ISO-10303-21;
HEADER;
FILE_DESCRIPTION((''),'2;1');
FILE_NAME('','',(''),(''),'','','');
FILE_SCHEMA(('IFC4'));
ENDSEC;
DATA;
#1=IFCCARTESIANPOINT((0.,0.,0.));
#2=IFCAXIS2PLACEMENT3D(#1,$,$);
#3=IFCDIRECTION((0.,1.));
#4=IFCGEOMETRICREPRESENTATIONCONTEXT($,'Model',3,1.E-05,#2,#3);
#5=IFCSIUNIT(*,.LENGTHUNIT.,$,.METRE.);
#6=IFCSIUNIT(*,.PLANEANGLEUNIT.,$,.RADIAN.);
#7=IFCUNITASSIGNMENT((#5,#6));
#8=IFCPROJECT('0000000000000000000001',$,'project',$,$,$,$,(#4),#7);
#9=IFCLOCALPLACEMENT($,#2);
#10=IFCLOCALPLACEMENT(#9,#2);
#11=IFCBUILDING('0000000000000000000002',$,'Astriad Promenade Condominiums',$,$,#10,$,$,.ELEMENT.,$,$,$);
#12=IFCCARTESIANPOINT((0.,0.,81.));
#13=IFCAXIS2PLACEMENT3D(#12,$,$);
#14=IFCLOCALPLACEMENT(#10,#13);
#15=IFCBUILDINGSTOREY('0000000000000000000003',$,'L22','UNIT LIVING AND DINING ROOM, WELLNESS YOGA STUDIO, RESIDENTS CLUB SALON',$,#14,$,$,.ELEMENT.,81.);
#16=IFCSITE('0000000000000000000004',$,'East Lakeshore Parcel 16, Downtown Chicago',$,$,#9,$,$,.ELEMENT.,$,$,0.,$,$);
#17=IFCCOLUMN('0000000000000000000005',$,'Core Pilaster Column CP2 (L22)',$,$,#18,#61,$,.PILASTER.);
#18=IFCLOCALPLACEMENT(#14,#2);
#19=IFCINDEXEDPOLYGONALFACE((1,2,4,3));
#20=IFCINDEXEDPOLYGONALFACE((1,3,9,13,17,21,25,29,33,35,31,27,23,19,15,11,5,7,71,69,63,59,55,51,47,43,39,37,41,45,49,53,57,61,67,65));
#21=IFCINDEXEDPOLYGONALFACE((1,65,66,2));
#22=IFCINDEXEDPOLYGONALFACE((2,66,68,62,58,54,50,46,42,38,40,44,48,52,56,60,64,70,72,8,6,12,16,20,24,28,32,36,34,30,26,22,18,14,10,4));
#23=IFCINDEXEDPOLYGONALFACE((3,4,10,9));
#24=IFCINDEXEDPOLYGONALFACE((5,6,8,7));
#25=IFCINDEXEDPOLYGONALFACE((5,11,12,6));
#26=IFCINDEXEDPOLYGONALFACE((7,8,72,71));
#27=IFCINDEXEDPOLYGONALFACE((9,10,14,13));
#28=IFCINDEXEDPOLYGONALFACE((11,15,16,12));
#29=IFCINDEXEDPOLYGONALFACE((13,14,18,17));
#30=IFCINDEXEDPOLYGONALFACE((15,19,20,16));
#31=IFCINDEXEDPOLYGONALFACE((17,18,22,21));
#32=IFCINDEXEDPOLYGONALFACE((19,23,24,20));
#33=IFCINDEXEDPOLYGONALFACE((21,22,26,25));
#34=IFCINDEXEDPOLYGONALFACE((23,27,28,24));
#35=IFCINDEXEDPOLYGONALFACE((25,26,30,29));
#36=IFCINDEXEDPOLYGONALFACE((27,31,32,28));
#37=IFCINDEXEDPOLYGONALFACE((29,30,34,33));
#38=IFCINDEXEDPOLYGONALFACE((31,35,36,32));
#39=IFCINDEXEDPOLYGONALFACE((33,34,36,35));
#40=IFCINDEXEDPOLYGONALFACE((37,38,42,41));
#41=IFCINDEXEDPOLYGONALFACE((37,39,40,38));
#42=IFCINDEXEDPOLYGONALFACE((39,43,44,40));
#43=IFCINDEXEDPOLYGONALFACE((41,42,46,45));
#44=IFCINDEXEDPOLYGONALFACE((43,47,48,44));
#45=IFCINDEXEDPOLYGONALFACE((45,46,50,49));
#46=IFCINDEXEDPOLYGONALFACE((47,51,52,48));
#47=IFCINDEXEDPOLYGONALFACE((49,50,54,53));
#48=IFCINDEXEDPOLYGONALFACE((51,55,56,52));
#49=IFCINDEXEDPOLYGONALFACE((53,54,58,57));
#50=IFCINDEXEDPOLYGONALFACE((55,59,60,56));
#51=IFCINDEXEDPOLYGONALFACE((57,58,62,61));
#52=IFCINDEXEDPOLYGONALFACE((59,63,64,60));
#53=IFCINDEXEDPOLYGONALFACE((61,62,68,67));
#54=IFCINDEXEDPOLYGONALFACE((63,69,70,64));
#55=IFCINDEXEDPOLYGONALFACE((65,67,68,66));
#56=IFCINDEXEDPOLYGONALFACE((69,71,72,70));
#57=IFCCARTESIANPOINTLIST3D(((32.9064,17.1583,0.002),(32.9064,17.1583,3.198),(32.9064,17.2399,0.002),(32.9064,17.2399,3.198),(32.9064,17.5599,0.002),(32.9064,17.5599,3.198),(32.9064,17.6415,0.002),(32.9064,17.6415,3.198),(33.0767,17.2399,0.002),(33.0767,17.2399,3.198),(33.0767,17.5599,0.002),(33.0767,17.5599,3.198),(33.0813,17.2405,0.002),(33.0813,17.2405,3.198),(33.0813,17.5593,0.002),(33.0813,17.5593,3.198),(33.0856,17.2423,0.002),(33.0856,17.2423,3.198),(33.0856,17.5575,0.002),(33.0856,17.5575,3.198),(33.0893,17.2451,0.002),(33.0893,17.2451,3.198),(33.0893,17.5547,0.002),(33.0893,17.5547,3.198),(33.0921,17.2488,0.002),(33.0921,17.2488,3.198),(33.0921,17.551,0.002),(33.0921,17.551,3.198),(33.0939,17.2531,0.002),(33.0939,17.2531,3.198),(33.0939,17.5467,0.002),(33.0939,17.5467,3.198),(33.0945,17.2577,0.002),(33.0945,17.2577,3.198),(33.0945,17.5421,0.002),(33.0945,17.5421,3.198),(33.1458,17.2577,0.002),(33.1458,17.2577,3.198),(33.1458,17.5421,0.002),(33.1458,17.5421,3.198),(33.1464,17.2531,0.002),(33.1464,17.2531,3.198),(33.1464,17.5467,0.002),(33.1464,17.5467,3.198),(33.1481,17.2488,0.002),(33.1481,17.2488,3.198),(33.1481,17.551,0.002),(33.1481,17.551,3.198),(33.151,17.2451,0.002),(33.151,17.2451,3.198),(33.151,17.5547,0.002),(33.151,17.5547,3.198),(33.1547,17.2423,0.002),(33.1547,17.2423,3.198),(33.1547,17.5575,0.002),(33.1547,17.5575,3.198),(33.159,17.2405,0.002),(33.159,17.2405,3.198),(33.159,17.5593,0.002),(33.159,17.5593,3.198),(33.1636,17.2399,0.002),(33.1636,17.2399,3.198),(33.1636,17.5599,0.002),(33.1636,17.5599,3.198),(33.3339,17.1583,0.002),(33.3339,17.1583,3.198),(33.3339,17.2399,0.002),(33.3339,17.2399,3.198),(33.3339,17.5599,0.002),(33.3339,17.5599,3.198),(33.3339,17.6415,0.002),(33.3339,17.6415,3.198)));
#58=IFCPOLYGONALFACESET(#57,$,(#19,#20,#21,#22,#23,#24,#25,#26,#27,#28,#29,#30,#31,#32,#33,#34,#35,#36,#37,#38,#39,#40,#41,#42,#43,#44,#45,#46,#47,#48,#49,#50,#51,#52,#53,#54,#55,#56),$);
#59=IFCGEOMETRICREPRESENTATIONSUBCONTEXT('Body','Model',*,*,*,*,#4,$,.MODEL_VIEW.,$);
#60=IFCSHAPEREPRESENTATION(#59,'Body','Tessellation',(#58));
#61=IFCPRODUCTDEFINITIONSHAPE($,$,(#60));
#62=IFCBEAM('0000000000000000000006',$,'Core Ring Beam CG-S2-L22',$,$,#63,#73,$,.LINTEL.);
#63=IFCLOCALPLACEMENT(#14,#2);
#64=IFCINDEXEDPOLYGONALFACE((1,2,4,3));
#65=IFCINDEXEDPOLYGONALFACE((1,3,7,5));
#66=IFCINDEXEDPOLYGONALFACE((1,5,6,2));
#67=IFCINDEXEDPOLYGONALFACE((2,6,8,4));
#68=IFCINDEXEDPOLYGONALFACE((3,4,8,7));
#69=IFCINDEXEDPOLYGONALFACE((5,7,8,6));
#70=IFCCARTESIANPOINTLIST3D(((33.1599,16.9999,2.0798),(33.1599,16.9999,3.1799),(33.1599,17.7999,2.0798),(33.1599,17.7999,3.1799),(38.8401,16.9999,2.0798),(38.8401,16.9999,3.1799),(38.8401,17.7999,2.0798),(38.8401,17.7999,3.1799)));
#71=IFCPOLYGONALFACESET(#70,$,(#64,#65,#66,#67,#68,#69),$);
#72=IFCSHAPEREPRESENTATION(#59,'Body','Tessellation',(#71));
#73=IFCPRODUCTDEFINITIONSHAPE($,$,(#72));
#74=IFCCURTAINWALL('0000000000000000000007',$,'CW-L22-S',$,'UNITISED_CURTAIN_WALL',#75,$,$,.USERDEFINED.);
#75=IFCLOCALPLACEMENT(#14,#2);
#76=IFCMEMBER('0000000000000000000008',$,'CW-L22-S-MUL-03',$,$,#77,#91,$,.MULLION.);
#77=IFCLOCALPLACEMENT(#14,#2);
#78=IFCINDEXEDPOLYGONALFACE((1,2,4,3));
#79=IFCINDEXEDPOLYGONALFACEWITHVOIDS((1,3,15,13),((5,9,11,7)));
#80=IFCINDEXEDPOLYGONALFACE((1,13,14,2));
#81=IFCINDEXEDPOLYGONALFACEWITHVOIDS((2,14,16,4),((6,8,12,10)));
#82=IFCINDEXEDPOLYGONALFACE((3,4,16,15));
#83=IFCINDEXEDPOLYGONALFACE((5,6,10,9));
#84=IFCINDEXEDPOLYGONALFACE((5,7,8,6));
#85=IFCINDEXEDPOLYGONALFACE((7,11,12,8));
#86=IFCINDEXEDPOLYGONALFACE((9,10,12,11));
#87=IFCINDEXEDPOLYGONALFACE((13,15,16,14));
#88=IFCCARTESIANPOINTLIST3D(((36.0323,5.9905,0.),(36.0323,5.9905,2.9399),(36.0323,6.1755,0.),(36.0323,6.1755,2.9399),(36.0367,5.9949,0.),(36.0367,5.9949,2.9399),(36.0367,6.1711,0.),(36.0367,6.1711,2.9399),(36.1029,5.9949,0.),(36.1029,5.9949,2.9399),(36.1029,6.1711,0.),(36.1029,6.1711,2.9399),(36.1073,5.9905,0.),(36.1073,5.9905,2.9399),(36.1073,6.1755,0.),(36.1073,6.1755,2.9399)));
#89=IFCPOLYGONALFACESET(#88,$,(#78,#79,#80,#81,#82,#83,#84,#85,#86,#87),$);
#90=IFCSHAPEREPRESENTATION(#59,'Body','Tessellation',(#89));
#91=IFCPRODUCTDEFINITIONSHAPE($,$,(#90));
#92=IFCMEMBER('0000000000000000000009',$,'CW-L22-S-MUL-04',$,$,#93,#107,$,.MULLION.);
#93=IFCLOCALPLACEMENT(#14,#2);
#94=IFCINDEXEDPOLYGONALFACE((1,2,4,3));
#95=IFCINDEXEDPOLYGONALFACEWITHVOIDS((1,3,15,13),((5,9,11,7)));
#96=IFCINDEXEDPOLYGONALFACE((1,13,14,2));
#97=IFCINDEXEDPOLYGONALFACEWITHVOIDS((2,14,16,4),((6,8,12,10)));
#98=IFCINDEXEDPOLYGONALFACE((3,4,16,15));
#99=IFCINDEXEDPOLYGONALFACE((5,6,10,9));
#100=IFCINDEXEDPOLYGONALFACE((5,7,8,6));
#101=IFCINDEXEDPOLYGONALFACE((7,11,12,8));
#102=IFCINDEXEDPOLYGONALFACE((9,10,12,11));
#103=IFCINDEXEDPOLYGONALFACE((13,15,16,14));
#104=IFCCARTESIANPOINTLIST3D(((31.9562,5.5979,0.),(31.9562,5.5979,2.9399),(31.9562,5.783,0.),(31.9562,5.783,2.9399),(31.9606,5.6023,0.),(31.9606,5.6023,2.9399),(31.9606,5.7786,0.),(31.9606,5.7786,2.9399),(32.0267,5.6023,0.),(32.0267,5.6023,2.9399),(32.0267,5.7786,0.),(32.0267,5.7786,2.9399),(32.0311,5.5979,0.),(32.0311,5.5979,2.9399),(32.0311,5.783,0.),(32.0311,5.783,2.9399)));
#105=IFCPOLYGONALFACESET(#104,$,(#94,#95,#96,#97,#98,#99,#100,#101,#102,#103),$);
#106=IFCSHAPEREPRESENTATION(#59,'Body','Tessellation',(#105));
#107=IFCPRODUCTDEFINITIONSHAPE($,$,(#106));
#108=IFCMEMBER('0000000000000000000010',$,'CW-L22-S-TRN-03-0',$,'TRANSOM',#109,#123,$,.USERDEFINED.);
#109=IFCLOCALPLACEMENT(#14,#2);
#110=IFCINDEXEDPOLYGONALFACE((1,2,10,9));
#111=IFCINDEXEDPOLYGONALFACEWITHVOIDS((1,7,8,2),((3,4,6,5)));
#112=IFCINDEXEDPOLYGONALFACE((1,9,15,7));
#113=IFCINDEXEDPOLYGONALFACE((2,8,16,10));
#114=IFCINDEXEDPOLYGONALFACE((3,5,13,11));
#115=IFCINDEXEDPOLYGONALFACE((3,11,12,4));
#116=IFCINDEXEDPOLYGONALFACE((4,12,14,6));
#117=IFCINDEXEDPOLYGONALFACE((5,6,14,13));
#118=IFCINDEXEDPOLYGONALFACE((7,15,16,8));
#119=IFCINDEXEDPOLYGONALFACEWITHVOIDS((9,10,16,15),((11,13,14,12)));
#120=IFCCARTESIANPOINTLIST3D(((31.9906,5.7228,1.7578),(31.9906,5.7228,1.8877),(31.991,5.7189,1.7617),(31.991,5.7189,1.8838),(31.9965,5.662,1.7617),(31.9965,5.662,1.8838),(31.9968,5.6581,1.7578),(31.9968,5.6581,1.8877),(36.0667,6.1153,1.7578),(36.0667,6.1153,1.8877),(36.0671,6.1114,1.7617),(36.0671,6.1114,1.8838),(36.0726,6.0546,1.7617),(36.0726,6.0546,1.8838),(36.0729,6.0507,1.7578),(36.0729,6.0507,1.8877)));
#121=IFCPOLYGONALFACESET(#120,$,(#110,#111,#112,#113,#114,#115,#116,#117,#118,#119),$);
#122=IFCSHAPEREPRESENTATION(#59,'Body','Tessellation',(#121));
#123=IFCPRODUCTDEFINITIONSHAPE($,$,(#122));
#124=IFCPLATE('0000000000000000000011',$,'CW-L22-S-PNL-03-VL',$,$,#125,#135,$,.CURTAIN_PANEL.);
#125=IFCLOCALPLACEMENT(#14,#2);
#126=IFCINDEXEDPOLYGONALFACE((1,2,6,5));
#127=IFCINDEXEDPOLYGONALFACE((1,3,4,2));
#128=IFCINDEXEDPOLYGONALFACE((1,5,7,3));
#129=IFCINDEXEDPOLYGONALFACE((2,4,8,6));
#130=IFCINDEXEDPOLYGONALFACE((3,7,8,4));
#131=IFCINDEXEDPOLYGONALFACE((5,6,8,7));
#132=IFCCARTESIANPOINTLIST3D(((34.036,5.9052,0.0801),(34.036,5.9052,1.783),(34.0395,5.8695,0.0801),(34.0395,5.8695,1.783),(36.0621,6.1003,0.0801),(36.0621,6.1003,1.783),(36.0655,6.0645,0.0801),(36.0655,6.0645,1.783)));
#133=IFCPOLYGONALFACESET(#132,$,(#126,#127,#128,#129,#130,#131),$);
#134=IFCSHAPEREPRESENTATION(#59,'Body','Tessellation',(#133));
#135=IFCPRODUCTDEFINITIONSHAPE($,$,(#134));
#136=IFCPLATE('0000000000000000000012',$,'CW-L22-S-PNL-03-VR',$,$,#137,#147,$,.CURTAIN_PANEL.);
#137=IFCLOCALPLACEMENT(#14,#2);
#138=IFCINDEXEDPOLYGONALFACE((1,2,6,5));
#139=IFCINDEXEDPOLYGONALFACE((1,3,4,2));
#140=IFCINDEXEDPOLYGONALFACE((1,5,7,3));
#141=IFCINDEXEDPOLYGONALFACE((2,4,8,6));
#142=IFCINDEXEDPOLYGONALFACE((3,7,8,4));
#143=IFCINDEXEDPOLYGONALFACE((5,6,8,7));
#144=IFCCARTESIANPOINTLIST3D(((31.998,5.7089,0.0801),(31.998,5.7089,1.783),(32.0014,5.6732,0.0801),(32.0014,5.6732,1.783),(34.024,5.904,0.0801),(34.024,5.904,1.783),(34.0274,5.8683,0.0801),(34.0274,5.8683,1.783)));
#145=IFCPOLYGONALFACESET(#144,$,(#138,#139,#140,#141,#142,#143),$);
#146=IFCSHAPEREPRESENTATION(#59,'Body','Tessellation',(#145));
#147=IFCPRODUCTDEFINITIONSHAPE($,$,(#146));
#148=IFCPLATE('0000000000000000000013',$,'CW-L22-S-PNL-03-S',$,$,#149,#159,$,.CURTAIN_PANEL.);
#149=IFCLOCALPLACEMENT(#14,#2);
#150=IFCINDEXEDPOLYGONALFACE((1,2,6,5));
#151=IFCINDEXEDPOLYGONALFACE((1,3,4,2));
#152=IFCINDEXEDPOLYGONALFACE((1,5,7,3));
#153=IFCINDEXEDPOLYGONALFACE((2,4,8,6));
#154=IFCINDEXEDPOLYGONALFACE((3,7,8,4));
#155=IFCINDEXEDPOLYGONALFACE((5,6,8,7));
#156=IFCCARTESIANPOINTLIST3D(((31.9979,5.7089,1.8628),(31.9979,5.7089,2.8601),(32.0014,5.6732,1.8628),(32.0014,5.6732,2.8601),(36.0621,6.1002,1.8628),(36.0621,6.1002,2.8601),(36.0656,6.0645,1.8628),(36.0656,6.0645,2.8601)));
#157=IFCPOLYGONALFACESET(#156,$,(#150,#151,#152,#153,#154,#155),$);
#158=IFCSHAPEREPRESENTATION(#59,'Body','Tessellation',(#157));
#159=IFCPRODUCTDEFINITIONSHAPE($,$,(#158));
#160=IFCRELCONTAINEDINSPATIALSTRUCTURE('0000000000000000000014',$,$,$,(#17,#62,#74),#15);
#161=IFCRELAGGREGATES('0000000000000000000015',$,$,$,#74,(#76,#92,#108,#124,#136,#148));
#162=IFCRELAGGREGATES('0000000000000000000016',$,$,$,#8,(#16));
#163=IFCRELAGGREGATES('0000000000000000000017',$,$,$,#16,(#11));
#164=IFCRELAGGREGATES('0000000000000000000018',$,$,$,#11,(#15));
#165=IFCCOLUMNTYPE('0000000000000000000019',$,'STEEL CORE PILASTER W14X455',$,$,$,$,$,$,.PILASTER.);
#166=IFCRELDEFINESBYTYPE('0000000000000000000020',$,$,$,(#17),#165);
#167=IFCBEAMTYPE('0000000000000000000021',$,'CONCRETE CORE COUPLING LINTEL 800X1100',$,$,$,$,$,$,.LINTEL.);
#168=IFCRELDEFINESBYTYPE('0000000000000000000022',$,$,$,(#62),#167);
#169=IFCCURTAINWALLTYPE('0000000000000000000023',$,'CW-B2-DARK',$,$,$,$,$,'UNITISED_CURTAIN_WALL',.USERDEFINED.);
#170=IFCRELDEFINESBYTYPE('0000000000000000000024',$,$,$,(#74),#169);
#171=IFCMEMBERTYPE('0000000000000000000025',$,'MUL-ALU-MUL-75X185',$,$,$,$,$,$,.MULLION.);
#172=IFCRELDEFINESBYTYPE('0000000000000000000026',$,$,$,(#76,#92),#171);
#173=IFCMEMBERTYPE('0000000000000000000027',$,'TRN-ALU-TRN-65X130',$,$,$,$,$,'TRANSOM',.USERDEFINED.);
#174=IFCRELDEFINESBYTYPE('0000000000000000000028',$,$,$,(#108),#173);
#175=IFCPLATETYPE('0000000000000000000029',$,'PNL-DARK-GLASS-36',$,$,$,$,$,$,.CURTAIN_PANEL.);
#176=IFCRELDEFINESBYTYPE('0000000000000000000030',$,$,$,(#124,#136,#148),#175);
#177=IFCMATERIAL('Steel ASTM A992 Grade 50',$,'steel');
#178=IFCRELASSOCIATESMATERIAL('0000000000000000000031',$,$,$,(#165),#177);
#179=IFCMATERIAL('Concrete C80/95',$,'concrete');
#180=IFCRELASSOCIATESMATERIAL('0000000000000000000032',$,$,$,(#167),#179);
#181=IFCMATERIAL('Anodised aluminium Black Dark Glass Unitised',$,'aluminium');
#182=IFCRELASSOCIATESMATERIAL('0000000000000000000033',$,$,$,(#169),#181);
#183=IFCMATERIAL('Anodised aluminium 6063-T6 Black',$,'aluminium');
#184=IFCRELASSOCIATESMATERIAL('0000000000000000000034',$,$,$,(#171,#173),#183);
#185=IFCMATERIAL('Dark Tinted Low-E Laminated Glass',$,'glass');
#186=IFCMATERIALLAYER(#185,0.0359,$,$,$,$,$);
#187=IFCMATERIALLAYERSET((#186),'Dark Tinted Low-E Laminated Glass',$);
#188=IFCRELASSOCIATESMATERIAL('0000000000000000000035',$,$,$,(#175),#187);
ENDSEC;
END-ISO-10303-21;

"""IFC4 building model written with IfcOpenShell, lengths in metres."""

from ifc_helpers import new_model, si_unit, direction, frame, origin, origin_2d, place, context, subcontext, project, spatial, rectangle, hollow_rectangle, i_section, extrude, source, transform, mapped, material, layer, layer_set, material_profile, profile_set, type_object, type_shapes, element, aggregate, save


model = new_model("IFC4")

# Units and contexts
model_context = context("Model", 3, precision=1e-05, world=origin(), true_north=direction((0.0, 1.0)))
body_context = subcontext(model_context, "Body", "Model", "MODEL_VIEW")
ifc_project = project(units=[si_unit("LENGTHUNIT", "METRE"), si_unit("PLANEANGLEUNIT", "RADIAN")], contexts=[model_context])

# Site, building, storey
site_placement = place(None, origin())
site = spatial("IfcSite", under=ifc_project, at=site_placement, Name="East Lakeshore Parcel 16, Downtown Chicago", CompositionType="ELEMENT", RefElevation=0.0)
building_placement = place(site_placement, origin())
building = spatial("IfcBuilding", under=site, at=building_placement, Name="Astriad Promenade Condominiums", CompositionType="ELEMENT")
storey_placement = place(building_placement, frame((0.0, 0.0, 81.0)))
storey = spatial("IfcBuildingStorey", under=building, at=storey_placement, Name="L22", Description="UNIT LIVING AND DINING ROOM, WELLNESS YOGA STUDIO, RESIDENTS CLUB SALON", CompositionType="ELEMENT", Elevation=81.0)

# Column
ifc_material_1 = material(Name="Steel ASTM A992 Grade 50", Category="steel")
ifc_material_profile_1 = material_profile(ifc_material_1, i_section(OverallWidth=0.4275, OverallDepth=0.4832, WebThickness=0.0513, FlangeThickness=0.0815, FilletRadius=0.0178, at=origin_2d()), Name="W14X455")
ifc_profile_set_1 = profile_set([ifc_material_profile_1], Name="Steel ASTM A992 Grade 50")
column_type = type_object("IfcColumnType", Name="STEEL CORE PILASTER W14X455", PredefinedType="PILASTER", material=ifc_profile_set_1)
shared_shape_1 = source(origin(), body_context, "Body", "SweptSolid", [
    extrude(i_section(OverallWidth=0.4275, OverallDepth=0.4832, WebThickness=0.0513, FlangeThickness=0.0815, FilletRadius=0.0178, at=origin_2d()), origin(), (0.0, 0.0, 1.0), 3.196),
])
type_shapes(column_type, [shared_shape_1])
column_placement = place(storey_placement, frame((33.1201, 17.3999, 0.002), z_axis=(0.0, 0.0, 1.0), x_axis=(1.0, 0.0, 0.0)))
element("IfcColumn", 1, at=column_placement, inside=storey, type_object=column_type, Name="Core Pilaster Column CP2 (L22)", PredefinedType="PILASTER", context=body_context, shape_type="MappedRepresentation", body=[
    mapped(shared_shape_1, transform((0.0, 0.0, 0.0), scale=1.0)),
])

# Beam
ifc_material_2 = material(Name="Concrete C80/95", Category="concrete")
ifc_material_profile_2 = material_profile(ifc_material_2, rectangle(XDim=0.8, YDim=1.1001, at=origin_2d()), Name="RC-BM-800X1100")
ifc_profile_set_2 = profile_set([ifc_material_profile_2], Name="Concrete C80/95")
beam_type = type_object("IfcBeamType", Name="CONCRETE CORE COUPLING LINTEL 800X1100", PredefinedType="LINTEL", material=ifc_profile_set_2)
shared_shape_2 = source(origin(), body_context, "Body", "SweptSolid", [
    extrude(rectangle(XDim=0.8, YDim=1.1001, at=origin_2d()), origin(), (0.0, 0.0, 1.0), 5.6802),
])
type_shapes(beam_type, [shared_shape_2])
beam_placement = place(storey_placement, frame((33.1599, 17.3999, 2.6299), z_axis=(1.0, 0.0, 0.0), x_axis=(0.0, 1.0, 0.0)))
element("IfcBeam", 2, at=beam_placement, inside=storey, type_object=beam_type, Name="Core Ring Beam CG-S2-L22", PredefinedType="LINTEL", context=body_context, shape_type="MappedRepresentation", body=[
    mapped(shared_shape_2, transform((0.0, 0.0, 0.0), scale=1.0)),
])

# Curtain wall, members, plates
ifc_material_3 = material(Name="Anodised aluminium Black Dark Glass Unitised", Category="aluminium")
curtain_wall_type = type_object("IfcCurtainWallType", Name="CW-B2-DARK", ElementType="UNITISED_CURTAIN_WALL", PredefinedType="USERDEFINED", material=ifc_material_3)
curtain_wall_placement = place(storey_placement, origin())
curtain_wall = element("IfcCurtainWall", 3, at=curtain_wall_placement, inside=storey, type_object=curtain_wall_type, Name="CW-L22-S", ObjectType="UNITISED_CURTAIN_WALL", PredefinedType="USERDEFINED")
ifc_material_4 = material(Name="Anodised aluminium 6063-T6 Black", Category="aluminium")
ifc_material_profile_3 = material_profile(ifc_material_4, hollow_rectangle(XDim=0.075, YDim=0.1851, WallThickness=0.0044, at=origin_2d()), Name="ALU-MUL-75X185")
ifc_profile_set_3 = profile_set([ifc_material_profile_3], Name="Anodised aluminium 6063-T6 Black")
member_type_1 = type_object("IfcMemberType", Name="MUL-ALU-MUL-75X185", PredefinedType="MULLION", material=ifc_profile_set_3)
shared_shape_3 = source(origin(), body_context, "Body", "SweptSolid", [
    extrude(hollow_rectangle(XDim=0.075, YDim=0.1851, WallThickness=0.0044, at=origin_2d()), origin(), (0.0, 0.0, 1.0), 2.9399),
])
type_shapes(member_type_1, [shared_shape_3])
member_1_placement = place(storey_placement, frame((36.0698, 6.083, 0.0), z_axis=(0.0, 0.0, 1.0), x_axis=(1.0, 0.0, 0.0)))
member_1 = element("IfcMember", 4, at=member_1_placement, type_object=member_type_1, Name="CW-L22-S-MUL-03", PredefinedType="MULLION", context=body_context, shape_type="MappedRepresentation", body=[
    mapped(shared_shape_3, transform((0.0, 0.0, 0.0), scale=1.0)),
])
member_2_placement = place(storey_placement, frame((31.9937, 5.6904, 0.0), z_axis=(0.0, 0.0, 1.0), x_axis=(1.0, 0.0, 0.0)))
member_2 = element("IfcMember", 5, at=member_2_placement, type_object=member_type_1, Name="CW-L22-S-MUL-04", PredefinedType="MULLION", context=body_context, shape_type="MappedRepresentation", body=[
    mapped(shared_shape_3, transform((0.0, 0.0, 0.0), scale=1.0)),
])
ifc_material_profile_4 = material_profile(ifc_material_4, hollow_rectangle(XDim=0.0649, YDim=0.1299, WallThickness=0.0039, at=origin_2d()), Name="ALU-TRN-65X130")
ifc_profile_set_4 = profile_set([ifc_material_profile_4], Name="Anodised aluminium 6063-T6 Black")
member_type_2 = type_object("IfcMemberType", Name="TRN-ALU-TRN-65X130", ElementType="TRANSOM", PredefinedType="USERDEFINED", material=ifc_profile_set_4)
shared_shape_4 = source(origin(), body_context, "Body", "SweptSolid", [
    extrude(hollow_rectangle(XDim=0.0649, YDim=0.1299, WallThickness=0.0039, at=origin_2d()), origin(), (0.0, 0.0, 1.0), 4.095),
])
type_shapes(member_type_2, [shared_shape_4])
member_3_placement = place(storey_placement, frame((36.0698, 6.083, 1.8228), z_axis=(-0.995394, -0.095867, 0.0), x_axis=(0.095867, -0.995394, 0.0)))
member_3 = element("IfcMember", 6, at=member_3_placement, type_object=member_type_2, Name="CW-L22-S-TRN-03-0", ObjectType="TRANSOM", PredefinedType="USERDEFINED", context=body_context, shape_type="MappedRepresentation", body=[
    mapped(shared_shape_4, transform((0.0, 0.0, 0.0), scale=1.0)),
])
ifc_material_5 = material(Name="Dark Tinted Low-E Laminated Glass", Category="glass")
ifc_layer_1 = layer(ifc_material_5, 0.0359)
ifc_layer_set_1 = layer_set([ifc_layer_1], Name="Dark Tinted Low-E Laminated Glass")
plate_type = type_object("IfcPlateType", Name="PNL-DARK-GLASS-36", PredefinedType="CURTAIN_PANEL", material=ifc_layer_set_1)
shared_shape_5 = source(origin(), body_context, "Body", "SweptSolid", [
    extrude(rectangle(XDim=2.0354, YDim=0.0359, at=origin_2d()), origin(), (0.0, 0.0, 1.0), 1.7029),
])
plate_1_placement = place(storey_placement, frame((35.0508, 5.9849, 0.0801), z_axis=(0.0, 0.0, 1.0), x_axis=(-0.995396, -0.095846, 0.0)))
plate_1 = element("IfcPlate", 7, at=plate_1_placement, type_object=plate_type, Name="CW-L22-S-PNL-03-VL", PredefinedType="CURTAIN_PANEL", context=body_context, shape_type="MappedRepresentation", body=[
    mapped(shared_shape_5, transform((0.0, 0.0, 0.0), scale=1.0)),
])
plate_2_placement = place(storey_placement, frame((33.0127, 5.7886, 0.0801), z_axis=(0.0, 0.0, 1.0), x_axis=(-0.995396, -0.095846, 0.0)))
plate_2 = element("IfcPlate", 8, at=plate_2_placement, type_object=plate_type, Name="CW-L22-S-PNL-03-VR", PredefinedType="CURTAIN_PANEL", context=body_context, shape_type="MappedRepresentation", body=[
    mapped(shared_shape_5, transform((0.0, 0.0, 0.0), scale=1.0)),
])
shared_shape_6 = source(origin(), body_context, "Body", "SweptSolid", [
    extrude(rectangle(XDim=4.083, YDim=0.0359, at=origin_2d()), origin(), (0.0, 0.0, 1.0), 0.9973),
])
type_shapes(plate_type, [shared_shape_5, shared_shape_6])
plate_3_placement = place(storey_placement, frame((34.0317, 5.8867, 1.8628), z_axis=(0.0, 0.0, 1.0), x_axis=(-0.995396, -0.095846, 0.0)))
plate_3 = element("IfcPlate", 9, at=plate_3_placement, type_object=plate_type, Name="CW-L22-S-PNL-03-S", PredefinedType="CURTAIN_PANEL", context=body_context, shape_type="MappedRepresentation", body=[
    mapped(shared_shape_6, transform((0.0, 0.0, 0.0), scale=1.0)),
])
aggregate(curtain_wall, [member_1, member_2, member_3, plate_1, plate_2, plate_3])

save(model, "model.ifc")
